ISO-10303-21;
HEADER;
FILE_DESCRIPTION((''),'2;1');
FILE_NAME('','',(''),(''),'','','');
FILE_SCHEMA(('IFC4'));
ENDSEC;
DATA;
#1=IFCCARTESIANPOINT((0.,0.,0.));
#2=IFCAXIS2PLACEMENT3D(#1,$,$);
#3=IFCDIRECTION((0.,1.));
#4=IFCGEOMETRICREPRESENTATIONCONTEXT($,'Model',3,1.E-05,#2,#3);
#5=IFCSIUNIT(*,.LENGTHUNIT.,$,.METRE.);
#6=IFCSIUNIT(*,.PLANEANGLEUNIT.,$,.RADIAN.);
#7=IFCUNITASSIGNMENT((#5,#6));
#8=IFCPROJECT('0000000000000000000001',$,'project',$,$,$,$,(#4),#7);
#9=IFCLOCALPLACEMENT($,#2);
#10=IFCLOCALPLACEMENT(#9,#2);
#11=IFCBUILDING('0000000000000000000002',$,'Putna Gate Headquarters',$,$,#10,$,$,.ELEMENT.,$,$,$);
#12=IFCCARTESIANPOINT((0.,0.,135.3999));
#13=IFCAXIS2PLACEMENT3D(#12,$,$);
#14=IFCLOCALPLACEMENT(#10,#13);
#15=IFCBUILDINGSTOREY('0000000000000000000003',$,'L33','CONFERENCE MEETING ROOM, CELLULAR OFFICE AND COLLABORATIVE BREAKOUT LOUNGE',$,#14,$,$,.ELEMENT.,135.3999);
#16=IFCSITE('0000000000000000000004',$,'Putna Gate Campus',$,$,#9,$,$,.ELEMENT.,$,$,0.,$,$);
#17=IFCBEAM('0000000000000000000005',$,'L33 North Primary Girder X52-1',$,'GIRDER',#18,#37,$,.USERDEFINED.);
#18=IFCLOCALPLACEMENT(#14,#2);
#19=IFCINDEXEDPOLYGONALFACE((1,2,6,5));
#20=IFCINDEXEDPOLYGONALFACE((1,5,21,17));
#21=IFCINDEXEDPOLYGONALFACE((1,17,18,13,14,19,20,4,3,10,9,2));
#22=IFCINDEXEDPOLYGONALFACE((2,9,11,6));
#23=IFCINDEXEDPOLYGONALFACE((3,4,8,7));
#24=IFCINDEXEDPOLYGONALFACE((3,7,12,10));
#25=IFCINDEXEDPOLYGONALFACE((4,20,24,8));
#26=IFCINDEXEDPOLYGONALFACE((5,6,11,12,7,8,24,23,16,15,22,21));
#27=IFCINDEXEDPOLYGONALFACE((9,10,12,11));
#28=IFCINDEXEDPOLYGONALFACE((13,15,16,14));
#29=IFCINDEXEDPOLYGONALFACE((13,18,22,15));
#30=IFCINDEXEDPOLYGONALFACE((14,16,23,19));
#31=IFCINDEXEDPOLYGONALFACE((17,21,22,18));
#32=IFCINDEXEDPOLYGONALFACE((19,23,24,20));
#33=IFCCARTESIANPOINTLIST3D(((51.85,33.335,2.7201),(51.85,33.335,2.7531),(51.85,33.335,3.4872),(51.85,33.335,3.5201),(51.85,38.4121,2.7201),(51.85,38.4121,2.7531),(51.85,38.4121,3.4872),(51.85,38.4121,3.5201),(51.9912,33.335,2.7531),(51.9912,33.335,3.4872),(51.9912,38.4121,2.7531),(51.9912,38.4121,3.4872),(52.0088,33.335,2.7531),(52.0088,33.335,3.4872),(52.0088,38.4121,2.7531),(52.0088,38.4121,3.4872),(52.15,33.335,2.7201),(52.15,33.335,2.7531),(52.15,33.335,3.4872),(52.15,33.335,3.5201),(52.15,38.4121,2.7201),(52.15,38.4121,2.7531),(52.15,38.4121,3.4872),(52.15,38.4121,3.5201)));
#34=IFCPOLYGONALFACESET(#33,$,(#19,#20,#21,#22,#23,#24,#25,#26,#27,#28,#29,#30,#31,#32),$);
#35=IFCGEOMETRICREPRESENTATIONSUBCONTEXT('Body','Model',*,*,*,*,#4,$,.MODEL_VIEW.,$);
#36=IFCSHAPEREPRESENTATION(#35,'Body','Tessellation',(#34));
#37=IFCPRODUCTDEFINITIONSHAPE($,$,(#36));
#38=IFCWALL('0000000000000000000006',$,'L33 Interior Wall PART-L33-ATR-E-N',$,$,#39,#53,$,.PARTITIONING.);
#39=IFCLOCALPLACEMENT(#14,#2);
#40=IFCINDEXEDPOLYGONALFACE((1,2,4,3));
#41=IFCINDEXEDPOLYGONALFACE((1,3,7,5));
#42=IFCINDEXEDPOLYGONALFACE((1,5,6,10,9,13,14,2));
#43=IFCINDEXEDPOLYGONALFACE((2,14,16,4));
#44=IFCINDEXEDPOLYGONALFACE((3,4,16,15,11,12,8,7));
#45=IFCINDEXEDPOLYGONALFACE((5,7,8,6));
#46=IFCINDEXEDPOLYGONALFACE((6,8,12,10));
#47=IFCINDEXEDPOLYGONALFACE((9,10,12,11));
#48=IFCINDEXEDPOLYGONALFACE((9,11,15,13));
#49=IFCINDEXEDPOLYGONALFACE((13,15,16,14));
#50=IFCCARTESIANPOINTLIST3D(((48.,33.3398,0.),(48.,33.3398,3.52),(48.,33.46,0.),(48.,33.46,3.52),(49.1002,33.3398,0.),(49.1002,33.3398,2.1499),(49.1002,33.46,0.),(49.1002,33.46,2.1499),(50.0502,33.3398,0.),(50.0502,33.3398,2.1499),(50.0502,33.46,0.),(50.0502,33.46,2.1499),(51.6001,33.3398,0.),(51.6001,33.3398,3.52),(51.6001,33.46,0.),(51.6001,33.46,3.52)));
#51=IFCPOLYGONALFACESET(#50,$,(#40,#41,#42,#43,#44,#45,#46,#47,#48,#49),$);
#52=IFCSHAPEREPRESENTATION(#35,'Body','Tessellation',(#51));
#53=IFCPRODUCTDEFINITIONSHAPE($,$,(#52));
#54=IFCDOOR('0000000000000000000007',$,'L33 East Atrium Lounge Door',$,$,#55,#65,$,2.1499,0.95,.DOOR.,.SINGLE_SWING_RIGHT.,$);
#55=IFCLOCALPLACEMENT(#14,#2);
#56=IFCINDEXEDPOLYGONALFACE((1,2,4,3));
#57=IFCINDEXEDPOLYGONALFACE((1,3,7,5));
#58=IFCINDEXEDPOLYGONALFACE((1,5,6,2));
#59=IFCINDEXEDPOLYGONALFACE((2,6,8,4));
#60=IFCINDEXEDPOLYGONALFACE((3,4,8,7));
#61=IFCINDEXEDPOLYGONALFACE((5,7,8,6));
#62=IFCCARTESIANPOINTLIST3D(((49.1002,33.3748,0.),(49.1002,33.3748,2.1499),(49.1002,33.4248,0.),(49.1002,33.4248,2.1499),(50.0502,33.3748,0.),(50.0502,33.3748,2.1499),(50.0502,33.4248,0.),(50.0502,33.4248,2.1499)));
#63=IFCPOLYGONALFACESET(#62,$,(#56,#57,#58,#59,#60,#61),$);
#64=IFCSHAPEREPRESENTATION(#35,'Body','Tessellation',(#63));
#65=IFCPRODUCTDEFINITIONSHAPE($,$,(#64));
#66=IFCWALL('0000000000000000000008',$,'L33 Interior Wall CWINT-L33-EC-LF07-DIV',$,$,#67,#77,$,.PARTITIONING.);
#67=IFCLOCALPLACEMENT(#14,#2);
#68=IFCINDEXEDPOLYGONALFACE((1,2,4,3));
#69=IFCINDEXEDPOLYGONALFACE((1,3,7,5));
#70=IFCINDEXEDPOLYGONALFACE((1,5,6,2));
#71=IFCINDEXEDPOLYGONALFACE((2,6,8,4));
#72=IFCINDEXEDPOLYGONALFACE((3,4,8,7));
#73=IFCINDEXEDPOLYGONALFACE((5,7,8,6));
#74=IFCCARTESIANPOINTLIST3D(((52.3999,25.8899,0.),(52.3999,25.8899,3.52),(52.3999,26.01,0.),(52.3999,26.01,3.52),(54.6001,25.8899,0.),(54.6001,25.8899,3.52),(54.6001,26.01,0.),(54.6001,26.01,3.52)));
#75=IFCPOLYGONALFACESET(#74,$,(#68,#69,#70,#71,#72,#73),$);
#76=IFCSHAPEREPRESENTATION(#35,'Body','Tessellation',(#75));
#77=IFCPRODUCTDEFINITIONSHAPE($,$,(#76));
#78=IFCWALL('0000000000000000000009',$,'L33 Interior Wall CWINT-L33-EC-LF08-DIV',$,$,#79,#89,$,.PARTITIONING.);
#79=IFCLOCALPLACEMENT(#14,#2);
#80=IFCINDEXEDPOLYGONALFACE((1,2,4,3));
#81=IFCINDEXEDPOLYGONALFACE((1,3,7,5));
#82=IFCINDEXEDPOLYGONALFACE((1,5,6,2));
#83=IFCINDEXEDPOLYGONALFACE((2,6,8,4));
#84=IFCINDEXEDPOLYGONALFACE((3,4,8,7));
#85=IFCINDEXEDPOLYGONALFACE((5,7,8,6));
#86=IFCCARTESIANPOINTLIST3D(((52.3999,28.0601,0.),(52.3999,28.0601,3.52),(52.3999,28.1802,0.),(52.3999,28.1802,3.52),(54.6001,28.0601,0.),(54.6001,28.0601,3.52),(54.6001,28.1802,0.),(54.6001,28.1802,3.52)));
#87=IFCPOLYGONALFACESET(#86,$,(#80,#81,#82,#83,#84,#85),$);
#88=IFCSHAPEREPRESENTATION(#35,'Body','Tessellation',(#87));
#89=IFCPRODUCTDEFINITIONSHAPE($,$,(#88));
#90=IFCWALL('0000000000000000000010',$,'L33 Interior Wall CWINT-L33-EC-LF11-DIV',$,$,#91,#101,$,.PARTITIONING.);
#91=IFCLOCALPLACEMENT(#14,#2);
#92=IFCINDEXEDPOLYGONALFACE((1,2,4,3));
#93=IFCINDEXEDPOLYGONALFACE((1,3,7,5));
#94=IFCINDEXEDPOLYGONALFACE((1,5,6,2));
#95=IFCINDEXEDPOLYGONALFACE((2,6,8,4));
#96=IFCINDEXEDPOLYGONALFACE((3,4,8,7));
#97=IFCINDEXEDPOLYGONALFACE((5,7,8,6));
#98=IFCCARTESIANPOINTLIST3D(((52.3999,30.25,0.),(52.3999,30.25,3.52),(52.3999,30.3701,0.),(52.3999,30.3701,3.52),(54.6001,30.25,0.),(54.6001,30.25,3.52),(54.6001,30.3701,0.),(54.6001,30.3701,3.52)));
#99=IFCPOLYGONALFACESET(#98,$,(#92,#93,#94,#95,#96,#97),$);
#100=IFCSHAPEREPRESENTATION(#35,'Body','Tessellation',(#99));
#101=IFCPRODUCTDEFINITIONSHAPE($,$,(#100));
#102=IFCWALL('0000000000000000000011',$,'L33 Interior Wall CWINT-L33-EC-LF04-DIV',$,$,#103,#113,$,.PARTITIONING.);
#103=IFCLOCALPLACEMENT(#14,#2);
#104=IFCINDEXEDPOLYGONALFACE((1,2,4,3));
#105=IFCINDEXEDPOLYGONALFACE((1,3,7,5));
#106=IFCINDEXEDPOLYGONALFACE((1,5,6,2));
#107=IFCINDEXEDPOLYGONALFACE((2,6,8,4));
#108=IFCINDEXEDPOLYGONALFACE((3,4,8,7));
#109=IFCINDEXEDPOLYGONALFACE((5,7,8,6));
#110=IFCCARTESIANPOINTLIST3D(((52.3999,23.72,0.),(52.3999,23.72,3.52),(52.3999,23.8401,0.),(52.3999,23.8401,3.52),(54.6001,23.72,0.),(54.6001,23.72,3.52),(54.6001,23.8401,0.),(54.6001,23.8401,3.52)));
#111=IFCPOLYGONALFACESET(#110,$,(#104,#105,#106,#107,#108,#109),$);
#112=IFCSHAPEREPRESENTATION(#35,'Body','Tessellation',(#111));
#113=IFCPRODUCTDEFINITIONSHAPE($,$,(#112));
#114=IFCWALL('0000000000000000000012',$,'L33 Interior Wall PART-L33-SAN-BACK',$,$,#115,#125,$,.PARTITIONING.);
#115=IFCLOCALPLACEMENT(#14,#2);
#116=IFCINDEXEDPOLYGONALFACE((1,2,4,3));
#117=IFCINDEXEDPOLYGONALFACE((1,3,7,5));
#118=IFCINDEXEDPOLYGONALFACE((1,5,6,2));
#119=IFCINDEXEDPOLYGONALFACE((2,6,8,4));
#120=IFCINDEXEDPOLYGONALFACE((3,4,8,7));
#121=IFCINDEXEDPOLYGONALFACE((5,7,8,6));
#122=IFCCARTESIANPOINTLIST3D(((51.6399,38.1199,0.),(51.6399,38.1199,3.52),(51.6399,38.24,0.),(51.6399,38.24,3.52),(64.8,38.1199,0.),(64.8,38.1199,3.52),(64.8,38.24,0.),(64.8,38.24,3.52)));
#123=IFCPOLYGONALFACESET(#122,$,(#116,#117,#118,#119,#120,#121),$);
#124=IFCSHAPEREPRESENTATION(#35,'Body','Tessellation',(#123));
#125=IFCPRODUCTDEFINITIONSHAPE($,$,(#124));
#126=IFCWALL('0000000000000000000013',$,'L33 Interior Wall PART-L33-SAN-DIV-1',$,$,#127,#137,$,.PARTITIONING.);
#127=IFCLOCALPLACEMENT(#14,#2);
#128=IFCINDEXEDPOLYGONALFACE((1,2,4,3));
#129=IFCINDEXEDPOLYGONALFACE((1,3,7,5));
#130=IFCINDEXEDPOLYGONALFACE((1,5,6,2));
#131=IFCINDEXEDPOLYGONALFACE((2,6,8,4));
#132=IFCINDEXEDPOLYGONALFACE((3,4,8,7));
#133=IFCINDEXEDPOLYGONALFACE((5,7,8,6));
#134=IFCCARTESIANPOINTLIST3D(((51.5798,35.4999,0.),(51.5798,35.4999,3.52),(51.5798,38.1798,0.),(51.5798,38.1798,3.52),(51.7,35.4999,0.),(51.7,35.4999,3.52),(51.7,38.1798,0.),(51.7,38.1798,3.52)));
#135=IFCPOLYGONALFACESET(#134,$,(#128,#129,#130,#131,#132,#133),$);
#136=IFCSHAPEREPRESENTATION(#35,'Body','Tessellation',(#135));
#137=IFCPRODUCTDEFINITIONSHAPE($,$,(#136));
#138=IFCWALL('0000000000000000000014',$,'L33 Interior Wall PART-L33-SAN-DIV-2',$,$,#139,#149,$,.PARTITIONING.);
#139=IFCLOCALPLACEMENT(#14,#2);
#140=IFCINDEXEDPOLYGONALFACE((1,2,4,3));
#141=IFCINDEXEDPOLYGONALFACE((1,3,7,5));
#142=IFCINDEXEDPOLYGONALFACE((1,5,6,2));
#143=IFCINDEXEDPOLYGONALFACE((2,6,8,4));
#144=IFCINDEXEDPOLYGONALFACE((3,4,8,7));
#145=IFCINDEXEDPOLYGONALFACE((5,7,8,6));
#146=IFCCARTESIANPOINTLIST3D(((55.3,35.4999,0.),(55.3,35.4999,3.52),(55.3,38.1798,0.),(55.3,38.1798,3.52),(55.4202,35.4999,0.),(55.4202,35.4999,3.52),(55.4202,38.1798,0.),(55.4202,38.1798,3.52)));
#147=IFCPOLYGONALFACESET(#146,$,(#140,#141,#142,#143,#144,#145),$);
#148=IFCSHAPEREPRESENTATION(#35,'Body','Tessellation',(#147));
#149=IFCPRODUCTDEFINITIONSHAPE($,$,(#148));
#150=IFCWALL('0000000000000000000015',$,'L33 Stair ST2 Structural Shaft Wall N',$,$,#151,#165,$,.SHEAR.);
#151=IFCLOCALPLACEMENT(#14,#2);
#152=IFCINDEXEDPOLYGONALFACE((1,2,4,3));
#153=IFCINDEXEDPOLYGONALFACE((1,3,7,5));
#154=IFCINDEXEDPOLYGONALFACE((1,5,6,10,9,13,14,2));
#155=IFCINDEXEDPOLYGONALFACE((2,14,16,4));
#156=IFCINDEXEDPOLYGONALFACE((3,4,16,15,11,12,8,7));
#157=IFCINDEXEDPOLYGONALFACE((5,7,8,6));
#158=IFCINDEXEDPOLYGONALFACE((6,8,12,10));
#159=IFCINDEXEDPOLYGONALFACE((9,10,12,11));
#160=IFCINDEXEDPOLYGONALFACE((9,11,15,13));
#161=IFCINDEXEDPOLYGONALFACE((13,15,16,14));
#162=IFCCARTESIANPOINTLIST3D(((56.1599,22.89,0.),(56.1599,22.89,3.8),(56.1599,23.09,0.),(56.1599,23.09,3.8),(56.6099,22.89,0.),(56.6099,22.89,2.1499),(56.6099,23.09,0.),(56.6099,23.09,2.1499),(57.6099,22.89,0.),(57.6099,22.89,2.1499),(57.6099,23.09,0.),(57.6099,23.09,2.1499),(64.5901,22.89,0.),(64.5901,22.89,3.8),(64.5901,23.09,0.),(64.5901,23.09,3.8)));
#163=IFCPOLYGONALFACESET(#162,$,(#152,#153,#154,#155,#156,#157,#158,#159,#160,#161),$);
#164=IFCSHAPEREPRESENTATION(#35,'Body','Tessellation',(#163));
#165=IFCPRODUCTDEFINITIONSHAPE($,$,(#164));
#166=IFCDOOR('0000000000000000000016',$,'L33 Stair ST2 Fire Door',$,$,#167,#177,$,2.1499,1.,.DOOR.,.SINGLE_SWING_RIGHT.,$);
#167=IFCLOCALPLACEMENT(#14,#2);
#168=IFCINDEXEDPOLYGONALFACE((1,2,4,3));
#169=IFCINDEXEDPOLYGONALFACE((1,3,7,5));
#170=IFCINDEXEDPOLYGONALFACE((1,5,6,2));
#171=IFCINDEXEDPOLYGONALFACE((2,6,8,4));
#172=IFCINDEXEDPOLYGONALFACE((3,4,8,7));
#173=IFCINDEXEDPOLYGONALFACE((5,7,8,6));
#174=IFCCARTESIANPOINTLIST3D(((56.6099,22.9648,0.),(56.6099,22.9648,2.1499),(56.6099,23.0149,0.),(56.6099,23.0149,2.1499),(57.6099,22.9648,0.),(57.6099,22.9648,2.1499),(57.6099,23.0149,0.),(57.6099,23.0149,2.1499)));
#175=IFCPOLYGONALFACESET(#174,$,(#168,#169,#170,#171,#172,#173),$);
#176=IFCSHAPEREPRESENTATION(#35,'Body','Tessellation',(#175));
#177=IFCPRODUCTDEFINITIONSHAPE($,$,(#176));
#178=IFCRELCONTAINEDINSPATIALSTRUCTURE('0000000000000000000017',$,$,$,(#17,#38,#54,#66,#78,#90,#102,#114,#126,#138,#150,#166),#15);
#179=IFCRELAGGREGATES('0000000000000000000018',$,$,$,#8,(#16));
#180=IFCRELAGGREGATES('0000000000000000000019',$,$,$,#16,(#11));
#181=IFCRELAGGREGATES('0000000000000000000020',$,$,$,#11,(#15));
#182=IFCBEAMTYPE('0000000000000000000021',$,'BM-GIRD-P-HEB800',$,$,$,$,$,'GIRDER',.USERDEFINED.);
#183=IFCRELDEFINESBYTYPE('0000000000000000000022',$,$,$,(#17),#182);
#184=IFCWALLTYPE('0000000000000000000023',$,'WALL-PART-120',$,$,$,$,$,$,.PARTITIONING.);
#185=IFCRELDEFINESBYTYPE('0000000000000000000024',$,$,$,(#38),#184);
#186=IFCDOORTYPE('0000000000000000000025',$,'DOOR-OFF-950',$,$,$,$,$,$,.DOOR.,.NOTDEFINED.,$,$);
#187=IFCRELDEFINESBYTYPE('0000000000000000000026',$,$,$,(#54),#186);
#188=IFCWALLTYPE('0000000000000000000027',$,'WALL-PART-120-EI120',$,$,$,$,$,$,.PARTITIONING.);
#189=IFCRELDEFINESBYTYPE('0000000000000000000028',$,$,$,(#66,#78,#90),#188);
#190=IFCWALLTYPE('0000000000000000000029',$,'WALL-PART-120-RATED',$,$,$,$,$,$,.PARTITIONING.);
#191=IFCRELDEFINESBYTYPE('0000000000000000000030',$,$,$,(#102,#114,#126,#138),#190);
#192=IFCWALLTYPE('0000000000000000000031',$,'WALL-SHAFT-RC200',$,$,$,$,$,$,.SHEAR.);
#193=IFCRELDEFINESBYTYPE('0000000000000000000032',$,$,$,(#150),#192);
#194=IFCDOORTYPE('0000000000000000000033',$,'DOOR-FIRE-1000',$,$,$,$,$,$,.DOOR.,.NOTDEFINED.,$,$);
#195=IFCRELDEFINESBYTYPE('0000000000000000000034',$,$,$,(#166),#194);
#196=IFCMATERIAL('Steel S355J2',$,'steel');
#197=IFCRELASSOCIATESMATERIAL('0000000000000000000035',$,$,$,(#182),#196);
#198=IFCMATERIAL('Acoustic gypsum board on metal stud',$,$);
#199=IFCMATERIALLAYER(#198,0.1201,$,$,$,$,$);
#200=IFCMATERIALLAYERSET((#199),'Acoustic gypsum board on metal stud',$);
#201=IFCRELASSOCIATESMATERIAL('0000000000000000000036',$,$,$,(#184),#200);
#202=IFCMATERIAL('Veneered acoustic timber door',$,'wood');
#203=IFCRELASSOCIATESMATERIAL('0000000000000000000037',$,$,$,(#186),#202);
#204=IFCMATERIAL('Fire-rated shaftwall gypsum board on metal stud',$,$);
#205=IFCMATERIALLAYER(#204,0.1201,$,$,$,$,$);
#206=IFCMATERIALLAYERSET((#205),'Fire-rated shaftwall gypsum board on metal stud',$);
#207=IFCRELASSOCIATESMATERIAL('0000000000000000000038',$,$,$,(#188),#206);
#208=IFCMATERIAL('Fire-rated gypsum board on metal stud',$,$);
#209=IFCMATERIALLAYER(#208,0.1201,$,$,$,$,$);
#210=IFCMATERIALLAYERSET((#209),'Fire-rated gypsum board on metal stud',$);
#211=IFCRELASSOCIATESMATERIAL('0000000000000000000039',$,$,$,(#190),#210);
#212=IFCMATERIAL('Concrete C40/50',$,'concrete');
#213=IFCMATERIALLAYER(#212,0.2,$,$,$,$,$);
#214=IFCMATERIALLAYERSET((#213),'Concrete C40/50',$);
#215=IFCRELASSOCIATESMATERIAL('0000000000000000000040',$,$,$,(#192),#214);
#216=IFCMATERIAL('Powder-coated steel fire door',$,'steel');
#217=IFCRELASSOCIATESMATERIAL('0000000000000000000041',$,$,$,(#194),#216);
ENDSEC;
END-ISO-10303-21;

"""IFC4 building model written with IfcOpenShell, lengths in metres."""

from ifc_helpers import new_model, si_unit, direction, frame, frame_2d, origin, origin_2d, place, context, subcontext, project, spatial, rectangle, i_section, extrude, material, layer, layer_set, material_profile, profile_set, type_object, element, fill, save


model = new_model("IFC4")

# Units and contexts
model_context = context("Model", 3, precision=1e-05, world=origin(), true_north=direction((0.0, 1.0)))
body_context = subcontext(model_context, "Body", "Model", "MODEL_VIEW")
ifc_project = project(units=[si_unit("LENGTHUNIT", "METRE"), si_unit("PLANEANGLEUNIT", "RADIAN")], contexts=[model_context])

# Site, building, storey
site_placement = place(None, origin())
site = spatial("IfcSite", under=ifc_project, at=site_placement, Name="Putna Gate Campus", CompositionType="ELEMENT", RefElevation=0.0)
building_placement = place(site_placement, origin())
building = spatial("IfcBuilding", under=site, at=building_placement, Name="Putna Gate Headquarters", CompositionType="ELEMENT")
storey_placement = place(building_placement, frame((0.0, 0.0, 135.3999)))
storey = spatial("IfcBuildingStorey", under=building, at=storey_placement, Name="L33", Description="CONFERENCE MEETING ROOM, CELLULAR OFFICE AND COLLABORATIVE BREAKOUT LOUNGE", CompositionType="ELEMENT", Elevation=135.3999)

# Beam
ifc_material_1 = material(Name="Steel S355J2", Category="steel")
ifc_material_profile = material_profile(ifc_material_1, i_section(OverallWidth=0.3, OverallDepth=0.8, WebThickness=0.0176, FlangeThickness=0.033, at=origin_2d()), Name="Steel S355J2")
ifc_profile_set = profile_set([ifc_material_profile], Name="Steel S355J2")
beam_type = type_object("IfcBeamType", Name="BM-GIRD-P-HEB800", ElementType="GIRDER", PredefinedType="USERDEFINED", material=ifc_profile_set)
beam_placement = place(storey_placement, frame((52.0, 33.335, 3.1201), z_axis=(0.0, 1.0, 0.0), x_axis=(-1.0, 0.0, 0.0)))
element("IfcBeam", 1, at=beam_placement, inside=storey, type_object=beam_type, Name="L33 North Primary Girder X52-1", ObjectType="GIRDER", PredefinedType="USERDEFINED", context=body_context, shape_type="SweptSolid", body=[
    extrude(i_section(OverallWidth=0.3, OverallDepth=0.8, WebThickness=0.0176, FlangeThickness=0.033, at=origin_2d()), origin(), (0.0, 0.0, 1.0), 5.0771),
])

# Wall, opening, door
ifc_material_2 = material(Name="Acoustic gypsum board on metal stud")
ifc_layer_1 = layer(ifc_material_2, 0.1201)
ifc_layer_set_1 = layer_set([ifc_layer_1], Name="Acoustic gypsum board on metal stud")
wall_type_1 = type_object("IfcWallType", Name="WALL-PART-120", PredefinedType="PARTITIONING", material=ifc_layer_set_1)
wall_1_placement = place(storey_placement, frame((48.0, 33.3999, 0.0), z_axis=(0.0, 0.0, 1.0), x_axis=(1.0, 0.0, 0.0)))
wall_1 = element("IfcWall", 2, at=wall_1_placement, inside=storey, type_object=wall_type_1, Name="L33 Interior Wall PART-L33-ATR-E-N", PredefinedType="PARTITIONING", context=body_context, shape_type="SweptSolid", body=[
    extrude(rectangle(XDim=3.6001, YDim=0.1201, at=frame_2d((1.8, 0.0))), origin(), (0.0, 0.0, 1.0), 3.52),
])
opening_1_placement = place(wall_1_placement, frame((1.1001, 0.0, 0.0)))
opening_1 = element("IfcOpeningElement", 3, at=opening_1_placement, cuts=wall_1, PredefinedType="OPENING", context=body_context, shape_type="SweptSolid", body=[
    extrude(rectangle(XDim=0.95, YDim=2.1499, at=frame_2d((0.4751, 1.075))), frame((0.0, 0.0701, 0.0), z_axis=(0.0, -1.0, 0.0), x_axis=(1.0, 0.0, 0.0)), (0.0, 0.0, 1.0), 0.1401),
])
ifc_material_3 = material(Name="Veneered acoustic timber door", Category="wood")
door_type_1 = type_object("IfcDoorType", Name="DOOR-OFF-950", OperationType="NOTDEFINED", PredefinedType="DOOR", material=ifc_material_3)
door_1_placement = place(opening_1_placement, origin())
door_1 = element("IfcDoor", 4, at=door_1_placement, inside=storey, type_object=door_type_1, Name="L33 East Atrium Lounge Door", OperationType="SINGLE_SWING_RIGHT", OverallHeight=2.1499, OverallWidth=0.95, PredefinedType="DOOR", context=body_context, shape_type="SweptSolid", body=[
    extrude(rectangle(XDim=0.95, YDim=2.1499, at=frame_2d((0.4751, 1.075))), frame((0.0, 0.0249, 0.0), z_axis=(0.0, -1.0, 0.0), x_axis=(1.0, 0.0, 0.0)), (0.0, 0.0, 1.0), 0.05),
])
fill(opening_1, door_1)

# Walls
ifc_material_4 = material(Name="Fire-rated shaftwall gypsum board on metal stud")
ifc_layer_2 = layer(ifc_material_4, 0.1201)
ifc_layer_set_2 = layer_set([ifc_layer_2], Name="Fire-rated shaftwall gypsum board on metal stud")
wall_type_2 = type_object("IfcWallType", Name="WALL-PART-120-EI120", PredefinedType="PARTITIONING", material=ifc_layer_set_2)
for number, where, z_axis, x_axis, name in (
    (5, (52.3999, 25.95, 0.0), (0.0, 0.0, 1.0), (1.0, 0.0, 0.0), "L33 Interior Wall CWINT-L33-EC-LF07-DIV"),
    (6, (52.3999, 28.1201, 0.0), (0.0, 0.0, 1.0), (1.0, 0.0, 0.0), "L33 Interior Wall CWINT-L33-EC-LF08-DIV"),
    (7, (52.3999, 30.3101, 0.0), (0.0, 0.0, 1.0), (1.0, 0.0, 0.0), "L33 Interior Wall CWINT-L33-EC-LF11-DIV"),
):
    element("IfcWall", number, at=place(storey_placement, frame(where, z_axis=z_axis, x_axis=x_axis)), inside=storey, type_object=wall_type_2, Name=name, PredefinedType="PARTITIONING", context=body_context, shape_type="SweptSolid", body=[
        extrude(rectangle(XDim=2.2002, YDim=0.1201, at=frame_2d((1.1001, 0.0))), origin(), (0.0, 0.0, 1.0), 3.52),
    ])
ifc_material_5 = material(Name="Fire-rated gypsum board on metal stud")
ifc_layer_3 = layer(ifc_material_5, 0.1201)
ifc_layer_set_3 = layer_set([ifc_layer_3], Name="Fire-rated gypsum board on metal stud")
wall_type_3 = type_object("IfcWallType", Name="WALL-PART-120-RATED", PredefinedType="PARTITIONING", material=ifc_layer_set_3)
wall_2_placement = place(storey_placement, frame((52.3999, 23.78, 0.0), z_axis=(0.0, 0.0, 1.0), x_axis=(1.0, 0.0, 0.0)))
element("IfcWall", 8, at=wall_2_placement, inside=storey, type_object=wall_type_3, Name="L33 Interior Wall CWINT-L33-EC-LF04-DIV", PredefinedType="PARTITIONING", context=body_context, shape_type="SweptSolid", body=[
    extrude(rectangle(XDim=2.2002, YDim=0.1201, at=frame_2d((1.1001, 0.0))), origin(), (0.0, 0.0, 1.0), 3.52),
])

# Walls
wall_3_placement = place(storey_placement, frame((51.6399, 38.1799, 0.0), z_axis=(0.0, 0.0, 1.0), x_axis=(1.0, 0.0, 0.0)))
element("IfcWall", 9, at=wall_3_placement, inside=storey, type_object=wall_type_3, Name="L33 Interior Wall PART-L33-SAN-BACK", PredefinedType="PARTITIONING", context=body_context, shape_type="SweptSolid", body=[
    extrude(rectangle(XDim=13.1602, YDim=0.1201, at=frame_2d((6.5801, 0.0))), origin(), (0.0, 0.0, 1.0), 3.52),
])
for number, where, z_axis, x_axis, name in (
    (10, (51.6399, 35.5, 0.0), (0.0, 0.0, 1.0), (0.0, 1.0, 0.0), "L33 Interior Wall PART-L33-SAN-DIV-1"),
    (11, (55.3601, 35.5, 0.0), (0.0, 0.0, 1.0), (0.0, 1.0, 0.0), "L33 Interior Wall PART-L33-SAN-DIV-2"),
):
    element("IfcWall", number, at=place(storey_placement, frame(where, z_axis=z_axis, x_axis=x_axis)), inside=storey, type_object=wall_type_3, Name=name, PredefinedType="PARTITIONING", context=body_context, shape_type="SweptSolid", body=[
        extrude(rectangle(XDim=2.6799, YDim=0.1201, at=frame_2d((1.3398, 0.0))), origin(), (0.0, 0.0, 1.0), 3.52),
    ])

# Wall, opening, door
ifc_material_6 = material(Name="Concrete C40/50", Category="concrete")
ifc_layer_4 = layer(ifc_material_6, 0.2)
ifc_layer_set_4 = layer_set([ifc_layer_4], Name="Concrete C40/50")
wall_type_4 = type_object("IfcWallType", Name="WALL-SHAFT-RC200", PredefinedType="SHEAR", material=ifc_layer_set_4)
wall_4_placement = place(storey_placement, frame((56.1599, 22.99, 0.0), z_axis=(0.0, 0.0, 1.0), x_axis=(1.0, 0.0, 0.0)))
wall_4 = element("IfcWall", 12, at=wall_4_placement, inside=storey, type_object=wall_type_4, Name="L33 Stair ST2 Structural Shaft Wall N", PredefinedType="SHEAR", context=body_context, shape_type="SweptSolid", body=[
    extrude(rectangle(XDim=8.4302, YDim=0.2, at=frame_2d((4.2151, 0.0))), origin(), (0.0, 0.0, 1.0), 3.8),
])
opening_2_placement = place(wall_4_placement, frame((0.45, 0.0, 0.0)))
opening_2 = element("IfcOpeningElement", 13, at=opening_2_placement, cuts=wall_4, PredefinedType="OPENING", context=body_context, shape_type="SweptSolid", body=[
    extrude(rectangle(XDim=1.0, YDim=2.1499, at=frame_2d((0.5, 1.075))), frame((0.0, 0.1099, 0.0), z_axis=(0.0, -1.0, 0.0), x_axis=(1.0, 0.0, 0.0)), (0.0, 0.0, 1.0), 0.22),
])
ifc_material_7 = material(Name="Powder-coated steel fire door", Category="steel")
door_type_2 = type_object("IfcDoorType", Name="DOOR-FIRE-1000", OperationType="NOTDEFINED", PredefinedType="DOOR", material=ifc_material_7)
door_2_placement = place(opening_2_placement, origin())
door_2 = element("IfcDoor", 14, at=door_2_placement, inside=storey, type_object=door_type_2, Name="L33 Stair ST2 Fire Door", OperationType="SINGLE_SWING_RIGHT", OverallHeight=2.1499, OverallWidth=1.0, PredefinedType="DOOR", context=body_context, shape_type="SweptSolid", body=[
    extrude(rectangle(XDim=1.0, YDim=2.1499, at=frame_2d((0.5, 1.075))), frame((0.0, 0.0249, 0.0), z_axis=(0.0, -1.0, 0.0), x_axis=(1.0, 0.0, 0.0)), (0.0, 0.0, 1.0), 0.05),
])
fill(opening_2, door_2)

save(model, "model.ifc")
